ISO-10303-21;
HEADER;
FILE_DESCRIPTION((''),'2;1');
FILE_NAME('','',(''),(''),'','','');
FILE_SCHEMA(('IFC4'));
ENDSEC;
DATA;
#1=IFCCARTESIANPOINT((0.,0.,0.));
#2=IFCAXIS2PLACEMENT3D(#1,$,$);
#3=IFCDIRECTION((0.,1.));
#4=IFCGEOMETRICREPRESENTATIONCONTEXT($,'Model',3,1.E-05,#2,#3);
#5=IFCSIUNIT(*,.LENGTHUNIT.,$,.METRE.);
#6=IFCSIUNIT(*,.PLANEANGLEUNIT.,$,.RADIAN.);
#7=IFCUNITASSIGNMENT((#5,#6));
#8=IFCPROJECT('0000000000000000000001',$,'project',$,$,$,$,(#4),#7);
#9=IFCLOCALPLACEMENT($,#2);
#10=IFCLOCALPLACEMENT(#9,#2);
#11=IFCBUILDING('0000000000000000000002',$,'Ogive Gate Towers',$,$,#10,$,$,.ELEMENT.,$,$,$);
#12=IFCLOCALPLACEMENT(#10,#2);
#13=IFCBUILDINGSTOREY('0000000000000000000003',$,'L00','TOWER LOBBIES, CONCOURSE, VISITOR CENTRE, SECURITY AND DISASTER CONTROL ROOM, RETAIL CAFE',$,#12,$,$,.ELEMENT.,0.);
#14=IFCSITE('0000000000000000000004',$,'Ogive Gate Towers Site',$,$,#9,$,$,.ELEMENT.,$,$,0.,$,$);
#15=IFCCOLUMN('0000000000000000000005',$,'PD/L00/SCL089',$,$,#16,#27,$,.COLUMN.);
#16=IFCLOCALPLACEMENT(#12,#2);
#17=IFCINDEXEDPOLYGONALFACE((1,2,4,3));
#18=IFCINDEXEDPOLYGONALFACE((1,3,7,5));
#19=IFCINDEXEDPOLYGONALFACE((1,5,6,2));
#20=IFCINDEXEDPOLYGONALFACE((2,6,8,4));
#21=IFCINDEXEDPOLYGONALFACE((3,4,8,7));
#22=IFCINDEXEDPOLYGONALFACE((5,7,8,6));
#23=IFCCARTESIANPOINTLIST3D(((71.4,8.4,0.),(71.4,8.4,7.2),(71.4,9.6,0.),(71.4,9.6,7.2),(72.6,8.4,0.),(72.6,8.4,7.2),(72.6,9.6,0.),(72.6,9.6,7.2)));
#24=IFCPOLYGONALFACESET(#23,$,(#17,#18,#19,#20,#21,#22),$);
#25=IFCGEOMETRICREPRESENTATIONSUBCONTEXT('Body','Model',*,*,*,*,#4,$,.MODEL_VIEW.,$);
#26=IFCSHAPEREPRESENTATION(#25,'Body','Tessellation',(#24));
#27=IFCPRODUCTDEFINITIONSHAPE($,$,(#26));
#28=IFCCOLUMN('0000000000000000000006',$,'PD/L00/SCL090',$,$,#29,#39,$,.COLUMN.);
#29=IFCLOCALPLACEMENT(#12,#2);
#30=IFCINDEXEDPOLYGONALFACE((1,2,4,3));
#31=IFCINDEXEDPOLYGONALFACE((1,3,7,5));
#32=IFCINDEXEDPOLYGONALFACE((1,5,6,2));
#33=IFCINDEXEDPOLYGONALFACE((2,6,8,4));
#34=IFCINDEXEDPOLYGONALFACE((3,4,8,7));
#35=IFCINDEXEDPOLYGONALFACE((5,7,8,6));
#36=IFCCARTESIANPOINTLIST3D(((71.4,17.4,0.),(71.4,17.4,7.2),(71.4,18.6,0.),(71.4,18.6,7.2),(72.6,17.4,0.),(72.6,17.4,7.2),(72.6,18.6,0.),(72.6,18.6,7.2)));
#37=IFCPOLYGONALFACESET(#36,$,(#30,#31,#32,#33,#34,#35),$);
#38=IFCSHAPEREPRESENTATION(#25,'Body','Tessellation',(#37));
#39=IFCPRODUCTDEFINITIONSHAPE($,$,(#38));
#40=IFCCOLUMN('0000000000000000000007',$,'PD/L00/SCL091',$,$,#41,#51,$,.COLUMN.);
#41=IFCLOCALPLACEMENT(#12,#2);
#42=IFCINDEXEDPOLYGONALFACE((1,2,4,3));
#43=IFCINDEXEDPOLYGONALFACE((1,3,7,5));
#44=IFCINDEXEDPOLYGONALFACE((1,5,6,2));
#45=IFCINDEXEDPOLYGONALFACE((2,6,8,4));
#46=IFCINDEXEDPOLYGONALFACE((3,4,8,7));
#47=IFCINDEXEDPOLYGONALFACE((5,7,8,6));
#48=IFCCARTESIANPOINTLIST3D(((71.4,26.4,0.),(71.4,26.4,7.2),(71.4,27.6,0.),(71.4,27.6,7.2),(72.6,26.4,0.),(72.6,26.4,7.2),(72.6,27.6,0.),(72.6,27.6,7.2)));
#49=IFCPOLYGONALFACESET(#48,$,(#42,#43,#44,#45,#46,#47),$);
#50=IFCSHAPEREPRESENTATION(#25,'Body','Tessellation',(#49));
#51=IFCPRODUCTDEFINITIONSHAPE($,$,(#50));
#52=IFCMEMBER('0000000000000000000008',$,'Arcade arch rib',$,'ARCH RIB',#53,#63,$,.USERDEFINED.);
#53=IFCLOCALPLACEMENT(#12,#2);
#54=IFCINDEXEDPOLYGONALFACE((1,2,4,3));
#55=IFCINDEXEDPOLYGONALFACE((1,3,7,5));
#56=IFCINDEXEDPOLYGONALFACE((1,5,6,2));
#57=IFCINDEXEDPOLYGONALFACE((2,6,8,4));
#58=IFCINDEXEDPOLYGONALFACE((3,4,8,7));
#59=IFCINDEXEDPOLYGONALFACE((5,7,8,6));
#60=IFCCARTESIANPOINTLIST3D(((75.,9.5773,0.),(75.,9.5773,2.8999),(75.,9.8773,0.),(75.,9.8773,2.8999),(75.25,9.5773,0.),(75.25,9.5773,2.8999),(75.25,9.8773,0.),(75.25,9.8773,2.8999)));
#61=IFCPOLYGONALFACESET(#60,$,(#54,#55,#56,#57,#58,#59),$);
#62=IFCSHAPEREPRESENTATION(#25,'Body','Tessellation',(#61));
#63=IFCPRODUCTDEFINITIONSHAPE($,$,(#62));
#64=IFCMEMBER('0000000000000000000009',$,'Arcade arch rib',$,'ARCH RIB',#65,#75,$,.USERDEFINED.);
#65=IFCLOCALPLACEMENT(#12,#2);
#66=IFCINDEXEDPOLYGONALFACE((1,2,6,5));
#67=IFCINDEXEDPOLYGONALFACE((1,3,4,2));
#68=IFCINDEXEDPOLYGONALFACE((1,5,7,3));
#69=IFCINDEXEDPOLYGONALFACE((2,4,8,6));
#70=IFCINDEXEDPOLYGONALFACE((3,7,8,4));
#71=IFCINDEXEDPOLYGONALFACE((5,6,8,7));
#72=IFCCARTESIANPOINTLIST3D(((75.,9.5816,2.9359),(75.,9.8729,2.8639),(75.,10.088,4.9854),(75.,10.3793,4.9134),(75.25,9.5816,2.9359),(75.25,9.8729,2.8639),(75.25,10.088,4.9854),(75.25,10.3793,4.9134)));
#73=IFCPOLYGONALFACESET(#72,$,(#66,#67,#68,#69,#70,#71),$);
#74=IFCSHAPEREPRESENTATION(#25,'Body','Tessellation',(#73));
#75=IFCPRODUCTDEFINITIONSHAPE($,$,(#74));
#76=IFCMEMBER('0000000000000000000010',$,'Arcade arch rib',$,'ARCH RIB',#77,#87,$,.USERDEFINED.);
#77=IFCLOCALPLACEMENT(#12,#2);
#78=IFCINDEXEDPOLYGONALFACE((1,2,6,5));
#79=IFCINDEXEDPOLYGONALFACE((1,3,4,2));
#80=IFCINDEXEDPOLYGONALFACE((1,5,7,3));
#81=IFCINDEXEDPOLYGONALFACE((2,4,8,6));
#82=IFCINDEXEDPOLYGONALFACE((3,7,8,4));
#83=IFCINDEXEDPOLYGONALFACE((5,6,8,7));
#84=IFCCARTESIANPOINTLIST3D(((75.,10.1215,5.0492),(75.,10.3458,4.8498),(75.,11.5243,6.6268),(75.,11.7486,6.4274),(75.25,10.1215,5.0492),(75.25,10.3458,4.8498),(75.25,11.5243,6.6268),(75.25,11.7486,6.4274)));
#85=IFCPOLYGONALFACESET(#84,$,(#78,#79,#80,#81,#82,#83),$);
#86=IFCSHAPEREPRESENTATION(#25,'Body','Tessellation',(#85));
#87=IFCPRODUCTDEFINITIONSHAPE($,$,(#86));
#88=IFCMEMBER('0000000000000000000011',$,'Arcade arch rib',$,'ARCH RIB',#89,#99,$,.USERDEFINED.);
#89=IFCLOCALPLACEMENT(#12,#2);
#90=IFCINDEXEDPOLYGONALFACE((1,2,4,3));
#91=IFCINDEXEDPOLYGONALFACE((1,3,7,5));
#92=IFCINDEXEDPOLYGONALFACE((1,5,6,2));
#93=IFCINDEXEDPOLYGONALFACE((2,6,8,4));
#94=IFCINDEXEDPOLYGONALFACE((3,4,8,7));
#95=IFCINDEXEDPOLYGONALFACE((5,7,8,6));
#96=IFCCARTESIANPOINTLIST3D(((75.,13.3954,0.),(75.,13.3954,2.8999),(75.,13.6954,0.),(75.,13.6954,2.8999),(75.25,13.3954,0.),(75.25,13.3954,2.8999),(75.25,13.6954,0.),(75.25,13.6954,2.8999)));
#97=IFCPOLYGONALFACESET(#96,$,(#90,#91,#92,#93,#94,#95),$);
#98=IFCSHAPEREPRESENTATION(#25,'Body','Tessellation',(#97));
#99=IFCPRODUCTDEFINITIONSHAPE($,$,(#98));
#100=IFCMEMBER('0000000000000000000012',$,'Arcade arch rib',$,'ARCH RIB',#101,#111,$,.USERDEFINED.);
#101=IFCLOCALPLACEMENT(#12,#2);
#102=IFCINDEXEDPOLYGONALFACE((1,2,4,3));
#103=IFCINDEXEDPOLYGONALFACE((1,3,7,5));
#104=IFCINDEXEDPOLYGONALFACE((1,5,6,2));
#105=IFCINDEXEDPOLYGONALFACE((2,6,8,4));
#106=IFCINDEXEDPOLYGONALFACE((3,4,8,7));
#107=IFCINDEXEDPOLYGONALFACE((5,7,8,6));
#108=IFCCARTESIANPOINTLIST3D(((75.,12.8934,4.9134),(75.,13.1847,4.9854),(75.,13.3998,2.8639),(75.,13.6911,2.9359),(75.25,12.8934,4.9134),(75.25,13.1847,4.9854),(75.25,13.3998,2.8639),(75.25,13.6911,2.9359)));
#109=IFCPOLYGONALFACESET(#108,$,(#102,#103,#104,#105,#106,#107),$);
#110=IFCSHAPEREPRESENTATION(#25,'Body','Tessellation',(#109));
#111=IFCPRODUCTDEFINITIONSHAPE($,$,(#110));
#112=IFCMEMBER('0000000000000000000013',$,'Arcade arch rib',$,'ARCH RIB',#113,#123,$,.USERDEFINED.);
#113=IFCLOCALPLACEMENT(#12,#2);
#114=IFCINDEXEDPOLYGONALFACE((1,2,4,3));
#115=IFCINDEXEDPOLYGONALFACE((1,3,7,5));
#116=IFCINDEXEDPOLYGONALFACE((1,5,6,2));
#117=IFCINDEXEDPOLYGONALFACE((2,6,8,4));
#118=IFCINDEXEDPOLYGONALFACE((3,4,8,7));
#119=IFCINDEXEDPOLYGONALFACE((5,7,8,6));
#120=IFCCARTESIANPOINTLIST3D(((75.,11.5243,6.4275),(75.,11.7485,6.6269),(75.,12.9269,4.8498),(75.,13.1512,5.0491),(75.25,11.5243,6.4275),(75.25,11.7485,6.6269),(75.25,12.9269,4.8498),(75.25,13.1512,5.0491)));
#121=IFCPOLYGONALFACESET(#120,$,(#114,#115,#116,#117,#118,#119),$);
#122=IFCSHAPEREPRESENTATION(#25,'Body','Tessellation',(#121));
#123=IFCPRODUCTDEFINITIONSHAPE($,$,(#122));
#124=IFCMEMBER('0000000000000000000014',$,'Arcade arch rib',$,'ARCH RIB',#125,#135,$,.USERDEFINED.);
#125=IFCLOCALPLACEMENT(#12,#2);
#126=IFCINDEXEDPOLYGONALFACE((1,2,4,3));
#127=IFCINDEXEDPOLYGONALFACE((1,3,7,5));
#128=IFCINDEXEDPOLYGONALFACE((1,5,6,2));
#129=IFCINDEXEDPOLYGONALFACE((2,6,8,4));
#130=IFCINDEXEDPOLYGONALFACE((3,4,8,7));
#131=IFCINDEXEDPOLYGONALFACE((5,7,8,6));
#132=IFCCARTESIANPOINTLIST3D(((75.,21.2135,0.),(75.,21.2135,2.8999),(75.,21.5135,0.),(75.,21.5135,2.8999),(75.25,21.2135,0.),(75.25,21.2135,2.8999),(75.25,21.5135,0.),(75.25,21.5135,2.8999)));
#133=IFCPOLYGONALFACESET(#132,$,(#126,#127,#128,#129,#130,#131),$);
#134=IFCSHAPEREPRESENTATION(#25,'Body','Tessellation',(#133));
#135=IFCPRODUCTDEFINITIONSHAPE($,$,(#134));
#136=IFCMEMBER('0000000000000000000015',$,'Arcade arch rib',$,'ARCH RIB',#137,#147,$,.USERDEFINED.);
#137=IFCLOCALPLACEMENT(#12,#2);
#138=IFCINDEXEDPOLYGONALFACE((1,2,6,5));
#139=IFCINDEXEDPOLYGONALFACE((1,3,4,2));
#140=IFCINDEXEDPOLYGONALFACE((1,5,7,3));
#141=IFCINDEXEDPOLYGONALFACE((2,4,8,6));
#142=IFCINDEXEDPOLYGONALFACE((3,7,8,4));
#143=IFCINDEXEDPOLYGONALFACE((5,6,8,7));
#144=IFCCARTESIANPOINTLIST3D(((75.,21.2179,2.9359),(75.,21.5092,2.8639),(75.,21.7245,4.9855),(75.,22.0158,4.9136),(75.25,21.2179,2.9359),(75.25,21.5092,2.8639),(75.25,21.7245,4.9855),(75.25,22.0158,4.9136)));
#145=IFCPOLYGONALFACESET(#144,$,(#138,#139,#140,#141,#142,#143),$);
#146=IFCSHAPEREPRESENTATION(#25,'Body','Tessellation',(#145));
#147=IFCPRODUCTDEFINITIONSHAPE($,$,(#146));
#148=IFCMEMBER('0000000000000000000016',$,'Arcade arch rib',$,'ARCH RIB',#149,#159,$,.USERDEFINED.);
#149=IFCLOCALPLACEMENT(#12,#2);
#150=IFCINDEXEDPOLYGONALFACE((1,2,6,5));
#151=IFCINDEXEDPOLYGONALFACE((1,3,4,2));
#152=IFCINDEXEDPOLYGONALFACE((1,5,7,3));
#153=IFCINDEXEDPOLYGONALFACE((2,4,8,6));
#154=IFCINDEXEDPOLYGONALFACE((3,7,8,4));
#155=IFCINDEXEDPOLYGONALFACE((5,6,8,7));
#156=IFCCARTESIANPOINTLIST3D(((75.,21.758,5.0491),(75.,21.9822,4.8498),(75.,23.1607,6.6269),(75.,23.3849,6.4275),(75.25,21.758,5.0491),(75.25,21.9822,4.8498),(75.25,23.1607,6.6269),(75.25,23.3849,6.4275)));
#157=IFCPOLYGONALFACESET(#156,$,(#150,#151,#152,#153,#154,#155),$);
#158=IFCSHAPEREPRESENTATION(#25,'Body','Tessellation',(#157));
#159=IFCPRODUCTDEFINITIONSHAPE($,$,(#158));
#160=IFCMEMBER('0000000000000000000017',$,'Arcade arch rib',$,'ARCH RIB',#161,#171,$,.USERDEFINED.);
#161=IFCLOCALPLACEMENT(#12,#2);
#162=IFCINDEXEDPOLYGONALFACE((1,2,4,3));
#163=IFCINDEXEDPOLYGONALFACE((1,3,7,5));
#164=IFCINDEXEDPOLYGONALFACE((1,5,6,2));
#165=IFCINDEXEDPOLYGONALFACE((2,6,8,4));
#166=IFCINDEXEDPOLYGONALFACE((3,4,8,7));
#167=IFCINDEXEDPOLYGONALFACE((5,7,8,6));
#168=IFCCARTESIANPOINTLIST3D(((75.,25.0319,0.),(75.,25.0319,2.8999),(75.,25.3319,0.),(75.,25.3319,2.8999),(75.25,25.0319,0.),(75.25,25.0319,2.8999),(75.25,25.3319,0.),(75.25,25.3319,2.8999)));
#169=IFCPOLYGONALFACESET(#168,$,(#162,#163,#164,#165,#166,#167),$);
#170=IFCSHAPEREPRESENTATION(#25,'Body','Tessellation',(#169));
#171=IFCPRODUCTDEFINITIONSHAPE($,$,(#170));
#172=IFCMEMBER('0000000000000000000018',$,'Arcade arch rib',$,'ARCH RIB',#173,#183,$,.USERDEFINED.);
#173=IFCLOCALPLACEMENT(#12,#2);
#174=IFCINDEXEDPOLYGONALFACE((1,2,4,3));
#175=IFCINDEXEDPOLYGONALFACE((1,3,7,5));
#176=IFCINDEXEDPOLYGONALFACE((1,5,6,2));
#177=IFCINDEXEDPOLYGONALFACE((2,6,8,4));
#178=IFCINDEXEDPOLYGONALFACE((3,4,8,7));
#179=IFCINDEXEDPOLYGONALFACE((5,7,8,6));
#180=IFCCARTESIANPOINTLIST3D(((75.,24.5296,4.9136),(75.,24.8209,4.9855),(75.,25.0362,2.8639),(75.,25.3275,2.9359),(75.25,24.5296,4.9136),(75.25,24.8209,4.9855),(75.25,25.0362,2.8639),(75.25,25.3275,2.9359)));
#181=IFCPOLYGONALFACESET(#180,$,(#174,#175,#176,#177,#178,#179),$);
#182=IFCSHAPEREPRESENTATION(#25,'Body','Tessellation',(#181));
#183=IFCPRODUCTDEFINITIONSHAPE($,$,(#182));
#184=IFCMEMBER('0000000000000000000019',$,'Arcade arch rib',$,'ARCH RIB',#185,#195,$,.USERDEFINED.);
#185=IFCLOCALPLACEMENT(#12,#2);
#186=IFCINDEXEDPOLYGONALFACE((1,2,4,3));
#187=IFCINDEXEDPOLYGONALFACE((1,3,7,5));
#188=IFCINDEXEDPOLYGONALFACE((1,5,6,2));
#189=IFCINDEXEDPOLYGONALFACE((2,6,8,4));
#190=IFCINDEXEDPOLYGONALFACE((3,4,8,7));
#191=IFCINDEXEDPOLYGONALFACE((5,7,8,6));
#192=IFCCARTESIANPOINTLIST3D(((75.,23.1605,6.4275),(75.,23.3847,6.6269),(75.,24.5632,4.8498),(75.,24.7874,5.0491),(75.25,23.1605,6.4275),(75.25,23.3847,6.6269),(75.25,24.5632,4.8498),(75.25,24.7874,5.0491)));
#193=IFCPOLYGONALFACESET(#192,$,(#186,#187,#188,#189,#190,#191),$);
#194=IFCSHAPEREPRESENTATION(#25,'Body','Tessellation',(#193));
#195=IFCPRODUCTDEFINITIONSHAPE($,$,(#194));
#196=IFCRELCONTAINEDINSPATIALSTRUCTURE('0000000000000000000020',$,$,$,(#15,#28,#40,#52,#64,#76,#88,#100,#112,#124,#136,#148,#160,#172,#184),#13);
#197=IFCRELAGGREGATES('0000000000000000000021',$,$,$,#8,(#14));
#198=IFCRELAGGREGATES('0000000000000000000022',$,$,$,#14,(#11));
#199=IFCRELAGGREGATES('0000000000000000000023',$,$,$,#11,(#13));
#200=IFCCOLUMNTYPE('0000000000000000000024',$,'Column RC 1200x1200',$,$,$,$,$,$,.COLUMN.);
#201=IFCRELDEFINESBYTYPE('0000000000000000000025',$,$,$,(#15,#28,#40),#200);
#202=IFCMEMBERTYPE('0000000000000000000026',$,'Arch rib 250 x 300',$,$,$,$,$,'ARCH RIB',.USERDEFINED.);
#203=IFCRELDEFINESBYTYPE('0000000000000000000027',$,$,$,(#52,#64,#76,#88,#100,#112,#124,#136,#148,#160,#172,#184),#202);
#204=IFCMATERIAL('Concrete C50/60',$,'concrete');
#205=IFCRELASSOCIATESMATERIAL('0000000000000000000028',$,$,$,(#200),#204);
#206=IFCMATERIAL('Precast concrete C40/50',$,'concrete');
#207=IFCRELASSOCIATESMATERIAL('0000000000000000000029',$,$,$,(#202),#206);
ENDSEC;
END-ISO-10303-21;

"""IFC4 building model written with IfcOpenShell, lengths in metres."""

from ifc_helpers import new_model, si_unit, direction, frame, origin, origin_2d, place, context, subcontext, project, spatial, rectangle, extrude, material, material_profile, profile_set, type_object, element, save


model = new_model("IFC4")

# Units and contexts
model_context = context("Model", 3, precision=1e-05, world=origin(), true_north=direction((0.0, 1.0)))
body_context = subcontext(model_context, "Body", "Model", "MODEL_VIEW")
ifc_project = project(units=[si_unit("LENGTHUNIT", "METRE"), si_unit("PLANEANGLEUNIT", "RADIAN")], contexts=[model_context])

# Site, building, storey
site_placement = place(None, origin())
site = spatial("IfcSite", under=ifc_project, at=site_placement, Name="Ogive Gate Towers Site", CompositionType="ELEMENT", RefElevation=0.0)
building_placement = place(site_placement, origin())
building = spatial("IfcBuilding", under=site, at=building_placement, Name="Ogive Gate Towers", CompositionType="ELEMENT")
storey_placement = place(building_placement, origin())
storey = spatial("IfcBuildingStorey", under=building, at=storey_placement, Name="L00", Description="TOWER LOBBIES, CONCOURSE, VISITOR CENTRE, SECURITY AND DISASTER CONTROL ROOM, RETAIL CAFE", CompositionType="ELEMENT", Elevation=0.0)

# Columns
ifc_material_1 = material(Name="Concrete C50/60", Category="concrete")
ifc_material_profile_1 = material_profile(ifc_material_1, rectangle(XDim=1.2, YDim=1.2, at=origin_2d()), Name="RC 1200x1200")
ifc_profile_set_1 = profile_set([ifc_material_profile_1], Name="Concrete C50/60")
column_type = type_object("IfcColumnType", Name="Column RC 1200x1200", PredefinedType="COLUMN", material=ifc_profile_set_1)
for number, where, z_axis, x_axis, name in (
    (1, (72.0, 9.0, 0.0), (0.0, 0.0, 1.0), (1.0, 0.0, 0.0), "PD/L00/SCL089"),
    (2, (72.0, 18.0, 0.0), (0.0, 0.0, 1.0), (1.0, 0.0, 0.0), "PD/L00/SCL090"),
    (3, (72.0, 27.0, 0.0), (0.0, 0.0, 1.0), (1.0, 0.0, 0.0), "PD/L00/SCL091"),
):
    element("IfcColumn", number, at=place(storey_placement, frame(where, z_axis=z_axis, x_axis=x_axis)), inside=storey, type_object=column_type, Name=name, PredefinedType="COLUMN", context=body_context, shape_type="SweptSolid", body=[
        extrude(rectangle(XDim=1.2, YDim=1.2, at=origin_2d()), origin(), (0.0, 0.0, 1.0), 7.2),
    ])

# Members
ifc_material_2 = material(Name="Precast concrete C40/50", Category="concrete")
ifc_material_profile_2 = material_profile(ifc_material_2, rectangle(XDim=0.25, YDim=0.3, at=origin_2d()), Name="250 x 300 cast stone")
ifc_profile_set_2 = profile_set([ifc_material_profile_2], Name="Precast concrete C40/50")
member_type_1 = type_object("IfcMemberType", Name="Arch rib 250 x 300", ElementType="ARCH RIB", PredefinedType="USERDEFINED", material=ifc_profile_set_2)
member_1_placement = place(storey_placement, frame((75.125, 9.7273, 0.0), z_axis=(0.0, 0.0, 1.0), x_axis=(1.0, 0.0, 0.0)))
element("IfcMember", 4, at=member_1_placement, inside=storey, type_object=member_type_1, Name="Arcade arch rib", ObjectType="ARCH RIB", PredefinedType="USERDEFINED", context=body_context, shape_type="SweptSolid", body=[
    extrude(rectangle(XDim=0.25, YDim=0.3, at=origin_2d()), origin(), (0.0, 0.0, 1.0), 2.8999),
])
for number, where, z_axis, x_axis, name in (
    (5, (75.125, 9.7273, 2.8999), (0.0, 0.239841, 0.970812), (-1.0, 0.0, 0.0), "Arcade arch rib"),
    (6, (75.125, 10.2336, 4.9495), (0.0, 0.664493, 0.747294), (-1.0, 0.0, 0.0), "Arcade arch rib"),
):
    element("IfcMember", number, at=place(storey_placement, frame(where, z_axis=z_axis, x_axis=x_axis)), inside=storey, type_object=member_type_1, Name=name, ObjectType="ARCH RIB", PredefinedType="USERDEFINED", context=body_context, shape_type="SweptSolid", body=[
        extrude(rectangle(XDim=0.25, YDim=0.3, at=origin_2d()), origin(), (0.0, 0.0, 1.0), 2.1111),
    ])
member_2_placement = place(storey_placement, frame((75.125, 13.5454, 0.0), z_axis=(0.0, 0.0, 1.0), x_axis=(1.0, 0.0, 0.0)))
element("IfcMember", 7, at=member_2_placement, inside=storey, type_object=member_type_1, Name="Arcade arch rib", ObjectType="ARCH RIB", PredefinedType="USERDEFINED", context=body_context, shape_type="SweptSolid", body=[
    extrude(rectangle(XDim=0.25, YDim=0.3, at=origin_2d()), origin(), (0.0, 0.0, 1.0), 2.8999),
])
for number, where, z_axis, x_axis, name in (
    (8, (75.125, 13.5454, 2.8999), (0.0, -0.239841, 0.970812), (1.0, 0.0, 0.0), "Arcade arch rib"),
    (9, (75.125, 13.0391, 4.9495), (0.0, -0.664428, 0.747352), (1.0, 0.0, 0.0), "Arcade arch rib"),
):
    element("IfcMember", number, at=place(storey_placement, frame(where, z_axis=z_axis, x_axis=x_axis)), inside=storey, type_object=member_type_1, Name=name, ObjectType="ARCH RIB", PredefinedType="USERDEFINED", context=body_context, shape_type="SweptSolid", body=[
        extrude(rectangle(XDim=0.25, YDim=0.3, at=origin_2d()), origin(), (0.0, 0.0, 1.0), 2.1111),
    ])
member_3_placement = place(storey_placement, frame((75.125, 21.3635, 0.0), z_axis=(0.0, 0.0, 1.0), x_axis=(1.0, 0.0, 0.0)))
element("IfcMember", 10, at=member_3_placement, inside=storey, type_object=member_type_1, Name="Arcade arch rib", ObjectType="ARCH RIB", PredefinedType="USERDEFINED", context=body_context, shape_type="SweptSolid", body=[
    extrude(rectangle(XDim=0.25, YDim=0.3, at=origin_2d()), origin(), (0.0, 0.0, 1.0), 2.8999),
])
member_4_placement = place(storey_placement, frame((75.125, 21.3635, 2.8999), z_axis=(0.0, 0.23995, 0.970785), x_axis=(-1.0, 0.0, 0.0)))
element("IfcMember", 11, at=member_4_placement, inside=storey, type_object=member_type_1, Name="Arcade arch rib", ObjectType="ARCH RIB", PredefinedType="USERDEFINED", context=body_context, shape_type="SweptSolid", body=[
    extrude(rectangle(XDim=0.25, YDim=0.3, at=origin_2d()), origin(), (0.0, 0.0, 1.0), 2.1113),
])
member_5_placement = place(storey_placement, frame((75.125, 21.8701, 4.9495), z_axis=(0.0, 0.664428, 0.747352), x_axis=(-1.0, 0.0, 0.0)))
element("IfcMember", 12, at=member_5_placement, inside=storey, type_object=member_type_1, Name="Arcade arch rib", ObjectType="ARCH RIB", PredefinedType="USERDEFINED", context=body_context, shape_type="SweptSolid", body=[
    extrude(rectangle(XDim=0.25, YDim=0.3, at=origin_2d()), origin(), (0.0, 0.0, 1.0), 2.1111),
])
member_6_placement = place(storey_placement, frame((75.125, 25.1819, 0.0), z_axis=(0.0, 0.0, 1.0), x_axis=(1.0, 0.0, 0.0)))
element("IfcMember", 13, at=member_6_placement, inside=storey, type_object=member_type_1, Name="Arcade arch rib", ObjectType="ARCH RIB", PredefinedType="USERDEFINED", context=body_context, shape_type="SweptSolid", body=[
    extrude(rectangle(XDim=0.25, YDim=0.3, at=origin_2d()), origin(), (0.0, 0.0, 1.0), 2.8999),
])
member_7_placement = place(storey_placement, frame((75.125, 25.1819, 2.8999), z_axis=(0.0, -0.23995, 0.970785), x_axis=(1.0, 0.0, 0.0)))
element("IfcMember", 14, at=member_7_placement, inside=storey, type_object=member_type_1, Name="Arcade arch rib", ObjectType="ARCH RIB", PredefinedType="USERDEFINED", context=body_context, shape_type="SweptSolid", body=[
    extrude(rectangle(XDim=0.25, YDim=0.3, at=origin_2d()), origin(), (0.0, 0.0, 1.0), 2.1113),
])
member_8_placement = place(storey_placement, frame((75.125, 24.6753, 4.9495), z_axis=(0.0, -0.664428, 0.747352), x_axis=(1.0, 0.0, 0.0)))
element("IfcMember", 15, at=member_8_placement, inside=storey, type_object=member_type_1, Name="Arcade arch rib", ObjectType="ARCH RIB", PredefinedType="USERDEFINED", context=body_context, shape_type="SweptSolid", body=[
    extrude(rectangle(XDim=0.25, YDim=0.3, at=origin_2d()), origin(), (0.0, 0.0, 1.0), 2.1111),
])

save(model, "model.ifc")
